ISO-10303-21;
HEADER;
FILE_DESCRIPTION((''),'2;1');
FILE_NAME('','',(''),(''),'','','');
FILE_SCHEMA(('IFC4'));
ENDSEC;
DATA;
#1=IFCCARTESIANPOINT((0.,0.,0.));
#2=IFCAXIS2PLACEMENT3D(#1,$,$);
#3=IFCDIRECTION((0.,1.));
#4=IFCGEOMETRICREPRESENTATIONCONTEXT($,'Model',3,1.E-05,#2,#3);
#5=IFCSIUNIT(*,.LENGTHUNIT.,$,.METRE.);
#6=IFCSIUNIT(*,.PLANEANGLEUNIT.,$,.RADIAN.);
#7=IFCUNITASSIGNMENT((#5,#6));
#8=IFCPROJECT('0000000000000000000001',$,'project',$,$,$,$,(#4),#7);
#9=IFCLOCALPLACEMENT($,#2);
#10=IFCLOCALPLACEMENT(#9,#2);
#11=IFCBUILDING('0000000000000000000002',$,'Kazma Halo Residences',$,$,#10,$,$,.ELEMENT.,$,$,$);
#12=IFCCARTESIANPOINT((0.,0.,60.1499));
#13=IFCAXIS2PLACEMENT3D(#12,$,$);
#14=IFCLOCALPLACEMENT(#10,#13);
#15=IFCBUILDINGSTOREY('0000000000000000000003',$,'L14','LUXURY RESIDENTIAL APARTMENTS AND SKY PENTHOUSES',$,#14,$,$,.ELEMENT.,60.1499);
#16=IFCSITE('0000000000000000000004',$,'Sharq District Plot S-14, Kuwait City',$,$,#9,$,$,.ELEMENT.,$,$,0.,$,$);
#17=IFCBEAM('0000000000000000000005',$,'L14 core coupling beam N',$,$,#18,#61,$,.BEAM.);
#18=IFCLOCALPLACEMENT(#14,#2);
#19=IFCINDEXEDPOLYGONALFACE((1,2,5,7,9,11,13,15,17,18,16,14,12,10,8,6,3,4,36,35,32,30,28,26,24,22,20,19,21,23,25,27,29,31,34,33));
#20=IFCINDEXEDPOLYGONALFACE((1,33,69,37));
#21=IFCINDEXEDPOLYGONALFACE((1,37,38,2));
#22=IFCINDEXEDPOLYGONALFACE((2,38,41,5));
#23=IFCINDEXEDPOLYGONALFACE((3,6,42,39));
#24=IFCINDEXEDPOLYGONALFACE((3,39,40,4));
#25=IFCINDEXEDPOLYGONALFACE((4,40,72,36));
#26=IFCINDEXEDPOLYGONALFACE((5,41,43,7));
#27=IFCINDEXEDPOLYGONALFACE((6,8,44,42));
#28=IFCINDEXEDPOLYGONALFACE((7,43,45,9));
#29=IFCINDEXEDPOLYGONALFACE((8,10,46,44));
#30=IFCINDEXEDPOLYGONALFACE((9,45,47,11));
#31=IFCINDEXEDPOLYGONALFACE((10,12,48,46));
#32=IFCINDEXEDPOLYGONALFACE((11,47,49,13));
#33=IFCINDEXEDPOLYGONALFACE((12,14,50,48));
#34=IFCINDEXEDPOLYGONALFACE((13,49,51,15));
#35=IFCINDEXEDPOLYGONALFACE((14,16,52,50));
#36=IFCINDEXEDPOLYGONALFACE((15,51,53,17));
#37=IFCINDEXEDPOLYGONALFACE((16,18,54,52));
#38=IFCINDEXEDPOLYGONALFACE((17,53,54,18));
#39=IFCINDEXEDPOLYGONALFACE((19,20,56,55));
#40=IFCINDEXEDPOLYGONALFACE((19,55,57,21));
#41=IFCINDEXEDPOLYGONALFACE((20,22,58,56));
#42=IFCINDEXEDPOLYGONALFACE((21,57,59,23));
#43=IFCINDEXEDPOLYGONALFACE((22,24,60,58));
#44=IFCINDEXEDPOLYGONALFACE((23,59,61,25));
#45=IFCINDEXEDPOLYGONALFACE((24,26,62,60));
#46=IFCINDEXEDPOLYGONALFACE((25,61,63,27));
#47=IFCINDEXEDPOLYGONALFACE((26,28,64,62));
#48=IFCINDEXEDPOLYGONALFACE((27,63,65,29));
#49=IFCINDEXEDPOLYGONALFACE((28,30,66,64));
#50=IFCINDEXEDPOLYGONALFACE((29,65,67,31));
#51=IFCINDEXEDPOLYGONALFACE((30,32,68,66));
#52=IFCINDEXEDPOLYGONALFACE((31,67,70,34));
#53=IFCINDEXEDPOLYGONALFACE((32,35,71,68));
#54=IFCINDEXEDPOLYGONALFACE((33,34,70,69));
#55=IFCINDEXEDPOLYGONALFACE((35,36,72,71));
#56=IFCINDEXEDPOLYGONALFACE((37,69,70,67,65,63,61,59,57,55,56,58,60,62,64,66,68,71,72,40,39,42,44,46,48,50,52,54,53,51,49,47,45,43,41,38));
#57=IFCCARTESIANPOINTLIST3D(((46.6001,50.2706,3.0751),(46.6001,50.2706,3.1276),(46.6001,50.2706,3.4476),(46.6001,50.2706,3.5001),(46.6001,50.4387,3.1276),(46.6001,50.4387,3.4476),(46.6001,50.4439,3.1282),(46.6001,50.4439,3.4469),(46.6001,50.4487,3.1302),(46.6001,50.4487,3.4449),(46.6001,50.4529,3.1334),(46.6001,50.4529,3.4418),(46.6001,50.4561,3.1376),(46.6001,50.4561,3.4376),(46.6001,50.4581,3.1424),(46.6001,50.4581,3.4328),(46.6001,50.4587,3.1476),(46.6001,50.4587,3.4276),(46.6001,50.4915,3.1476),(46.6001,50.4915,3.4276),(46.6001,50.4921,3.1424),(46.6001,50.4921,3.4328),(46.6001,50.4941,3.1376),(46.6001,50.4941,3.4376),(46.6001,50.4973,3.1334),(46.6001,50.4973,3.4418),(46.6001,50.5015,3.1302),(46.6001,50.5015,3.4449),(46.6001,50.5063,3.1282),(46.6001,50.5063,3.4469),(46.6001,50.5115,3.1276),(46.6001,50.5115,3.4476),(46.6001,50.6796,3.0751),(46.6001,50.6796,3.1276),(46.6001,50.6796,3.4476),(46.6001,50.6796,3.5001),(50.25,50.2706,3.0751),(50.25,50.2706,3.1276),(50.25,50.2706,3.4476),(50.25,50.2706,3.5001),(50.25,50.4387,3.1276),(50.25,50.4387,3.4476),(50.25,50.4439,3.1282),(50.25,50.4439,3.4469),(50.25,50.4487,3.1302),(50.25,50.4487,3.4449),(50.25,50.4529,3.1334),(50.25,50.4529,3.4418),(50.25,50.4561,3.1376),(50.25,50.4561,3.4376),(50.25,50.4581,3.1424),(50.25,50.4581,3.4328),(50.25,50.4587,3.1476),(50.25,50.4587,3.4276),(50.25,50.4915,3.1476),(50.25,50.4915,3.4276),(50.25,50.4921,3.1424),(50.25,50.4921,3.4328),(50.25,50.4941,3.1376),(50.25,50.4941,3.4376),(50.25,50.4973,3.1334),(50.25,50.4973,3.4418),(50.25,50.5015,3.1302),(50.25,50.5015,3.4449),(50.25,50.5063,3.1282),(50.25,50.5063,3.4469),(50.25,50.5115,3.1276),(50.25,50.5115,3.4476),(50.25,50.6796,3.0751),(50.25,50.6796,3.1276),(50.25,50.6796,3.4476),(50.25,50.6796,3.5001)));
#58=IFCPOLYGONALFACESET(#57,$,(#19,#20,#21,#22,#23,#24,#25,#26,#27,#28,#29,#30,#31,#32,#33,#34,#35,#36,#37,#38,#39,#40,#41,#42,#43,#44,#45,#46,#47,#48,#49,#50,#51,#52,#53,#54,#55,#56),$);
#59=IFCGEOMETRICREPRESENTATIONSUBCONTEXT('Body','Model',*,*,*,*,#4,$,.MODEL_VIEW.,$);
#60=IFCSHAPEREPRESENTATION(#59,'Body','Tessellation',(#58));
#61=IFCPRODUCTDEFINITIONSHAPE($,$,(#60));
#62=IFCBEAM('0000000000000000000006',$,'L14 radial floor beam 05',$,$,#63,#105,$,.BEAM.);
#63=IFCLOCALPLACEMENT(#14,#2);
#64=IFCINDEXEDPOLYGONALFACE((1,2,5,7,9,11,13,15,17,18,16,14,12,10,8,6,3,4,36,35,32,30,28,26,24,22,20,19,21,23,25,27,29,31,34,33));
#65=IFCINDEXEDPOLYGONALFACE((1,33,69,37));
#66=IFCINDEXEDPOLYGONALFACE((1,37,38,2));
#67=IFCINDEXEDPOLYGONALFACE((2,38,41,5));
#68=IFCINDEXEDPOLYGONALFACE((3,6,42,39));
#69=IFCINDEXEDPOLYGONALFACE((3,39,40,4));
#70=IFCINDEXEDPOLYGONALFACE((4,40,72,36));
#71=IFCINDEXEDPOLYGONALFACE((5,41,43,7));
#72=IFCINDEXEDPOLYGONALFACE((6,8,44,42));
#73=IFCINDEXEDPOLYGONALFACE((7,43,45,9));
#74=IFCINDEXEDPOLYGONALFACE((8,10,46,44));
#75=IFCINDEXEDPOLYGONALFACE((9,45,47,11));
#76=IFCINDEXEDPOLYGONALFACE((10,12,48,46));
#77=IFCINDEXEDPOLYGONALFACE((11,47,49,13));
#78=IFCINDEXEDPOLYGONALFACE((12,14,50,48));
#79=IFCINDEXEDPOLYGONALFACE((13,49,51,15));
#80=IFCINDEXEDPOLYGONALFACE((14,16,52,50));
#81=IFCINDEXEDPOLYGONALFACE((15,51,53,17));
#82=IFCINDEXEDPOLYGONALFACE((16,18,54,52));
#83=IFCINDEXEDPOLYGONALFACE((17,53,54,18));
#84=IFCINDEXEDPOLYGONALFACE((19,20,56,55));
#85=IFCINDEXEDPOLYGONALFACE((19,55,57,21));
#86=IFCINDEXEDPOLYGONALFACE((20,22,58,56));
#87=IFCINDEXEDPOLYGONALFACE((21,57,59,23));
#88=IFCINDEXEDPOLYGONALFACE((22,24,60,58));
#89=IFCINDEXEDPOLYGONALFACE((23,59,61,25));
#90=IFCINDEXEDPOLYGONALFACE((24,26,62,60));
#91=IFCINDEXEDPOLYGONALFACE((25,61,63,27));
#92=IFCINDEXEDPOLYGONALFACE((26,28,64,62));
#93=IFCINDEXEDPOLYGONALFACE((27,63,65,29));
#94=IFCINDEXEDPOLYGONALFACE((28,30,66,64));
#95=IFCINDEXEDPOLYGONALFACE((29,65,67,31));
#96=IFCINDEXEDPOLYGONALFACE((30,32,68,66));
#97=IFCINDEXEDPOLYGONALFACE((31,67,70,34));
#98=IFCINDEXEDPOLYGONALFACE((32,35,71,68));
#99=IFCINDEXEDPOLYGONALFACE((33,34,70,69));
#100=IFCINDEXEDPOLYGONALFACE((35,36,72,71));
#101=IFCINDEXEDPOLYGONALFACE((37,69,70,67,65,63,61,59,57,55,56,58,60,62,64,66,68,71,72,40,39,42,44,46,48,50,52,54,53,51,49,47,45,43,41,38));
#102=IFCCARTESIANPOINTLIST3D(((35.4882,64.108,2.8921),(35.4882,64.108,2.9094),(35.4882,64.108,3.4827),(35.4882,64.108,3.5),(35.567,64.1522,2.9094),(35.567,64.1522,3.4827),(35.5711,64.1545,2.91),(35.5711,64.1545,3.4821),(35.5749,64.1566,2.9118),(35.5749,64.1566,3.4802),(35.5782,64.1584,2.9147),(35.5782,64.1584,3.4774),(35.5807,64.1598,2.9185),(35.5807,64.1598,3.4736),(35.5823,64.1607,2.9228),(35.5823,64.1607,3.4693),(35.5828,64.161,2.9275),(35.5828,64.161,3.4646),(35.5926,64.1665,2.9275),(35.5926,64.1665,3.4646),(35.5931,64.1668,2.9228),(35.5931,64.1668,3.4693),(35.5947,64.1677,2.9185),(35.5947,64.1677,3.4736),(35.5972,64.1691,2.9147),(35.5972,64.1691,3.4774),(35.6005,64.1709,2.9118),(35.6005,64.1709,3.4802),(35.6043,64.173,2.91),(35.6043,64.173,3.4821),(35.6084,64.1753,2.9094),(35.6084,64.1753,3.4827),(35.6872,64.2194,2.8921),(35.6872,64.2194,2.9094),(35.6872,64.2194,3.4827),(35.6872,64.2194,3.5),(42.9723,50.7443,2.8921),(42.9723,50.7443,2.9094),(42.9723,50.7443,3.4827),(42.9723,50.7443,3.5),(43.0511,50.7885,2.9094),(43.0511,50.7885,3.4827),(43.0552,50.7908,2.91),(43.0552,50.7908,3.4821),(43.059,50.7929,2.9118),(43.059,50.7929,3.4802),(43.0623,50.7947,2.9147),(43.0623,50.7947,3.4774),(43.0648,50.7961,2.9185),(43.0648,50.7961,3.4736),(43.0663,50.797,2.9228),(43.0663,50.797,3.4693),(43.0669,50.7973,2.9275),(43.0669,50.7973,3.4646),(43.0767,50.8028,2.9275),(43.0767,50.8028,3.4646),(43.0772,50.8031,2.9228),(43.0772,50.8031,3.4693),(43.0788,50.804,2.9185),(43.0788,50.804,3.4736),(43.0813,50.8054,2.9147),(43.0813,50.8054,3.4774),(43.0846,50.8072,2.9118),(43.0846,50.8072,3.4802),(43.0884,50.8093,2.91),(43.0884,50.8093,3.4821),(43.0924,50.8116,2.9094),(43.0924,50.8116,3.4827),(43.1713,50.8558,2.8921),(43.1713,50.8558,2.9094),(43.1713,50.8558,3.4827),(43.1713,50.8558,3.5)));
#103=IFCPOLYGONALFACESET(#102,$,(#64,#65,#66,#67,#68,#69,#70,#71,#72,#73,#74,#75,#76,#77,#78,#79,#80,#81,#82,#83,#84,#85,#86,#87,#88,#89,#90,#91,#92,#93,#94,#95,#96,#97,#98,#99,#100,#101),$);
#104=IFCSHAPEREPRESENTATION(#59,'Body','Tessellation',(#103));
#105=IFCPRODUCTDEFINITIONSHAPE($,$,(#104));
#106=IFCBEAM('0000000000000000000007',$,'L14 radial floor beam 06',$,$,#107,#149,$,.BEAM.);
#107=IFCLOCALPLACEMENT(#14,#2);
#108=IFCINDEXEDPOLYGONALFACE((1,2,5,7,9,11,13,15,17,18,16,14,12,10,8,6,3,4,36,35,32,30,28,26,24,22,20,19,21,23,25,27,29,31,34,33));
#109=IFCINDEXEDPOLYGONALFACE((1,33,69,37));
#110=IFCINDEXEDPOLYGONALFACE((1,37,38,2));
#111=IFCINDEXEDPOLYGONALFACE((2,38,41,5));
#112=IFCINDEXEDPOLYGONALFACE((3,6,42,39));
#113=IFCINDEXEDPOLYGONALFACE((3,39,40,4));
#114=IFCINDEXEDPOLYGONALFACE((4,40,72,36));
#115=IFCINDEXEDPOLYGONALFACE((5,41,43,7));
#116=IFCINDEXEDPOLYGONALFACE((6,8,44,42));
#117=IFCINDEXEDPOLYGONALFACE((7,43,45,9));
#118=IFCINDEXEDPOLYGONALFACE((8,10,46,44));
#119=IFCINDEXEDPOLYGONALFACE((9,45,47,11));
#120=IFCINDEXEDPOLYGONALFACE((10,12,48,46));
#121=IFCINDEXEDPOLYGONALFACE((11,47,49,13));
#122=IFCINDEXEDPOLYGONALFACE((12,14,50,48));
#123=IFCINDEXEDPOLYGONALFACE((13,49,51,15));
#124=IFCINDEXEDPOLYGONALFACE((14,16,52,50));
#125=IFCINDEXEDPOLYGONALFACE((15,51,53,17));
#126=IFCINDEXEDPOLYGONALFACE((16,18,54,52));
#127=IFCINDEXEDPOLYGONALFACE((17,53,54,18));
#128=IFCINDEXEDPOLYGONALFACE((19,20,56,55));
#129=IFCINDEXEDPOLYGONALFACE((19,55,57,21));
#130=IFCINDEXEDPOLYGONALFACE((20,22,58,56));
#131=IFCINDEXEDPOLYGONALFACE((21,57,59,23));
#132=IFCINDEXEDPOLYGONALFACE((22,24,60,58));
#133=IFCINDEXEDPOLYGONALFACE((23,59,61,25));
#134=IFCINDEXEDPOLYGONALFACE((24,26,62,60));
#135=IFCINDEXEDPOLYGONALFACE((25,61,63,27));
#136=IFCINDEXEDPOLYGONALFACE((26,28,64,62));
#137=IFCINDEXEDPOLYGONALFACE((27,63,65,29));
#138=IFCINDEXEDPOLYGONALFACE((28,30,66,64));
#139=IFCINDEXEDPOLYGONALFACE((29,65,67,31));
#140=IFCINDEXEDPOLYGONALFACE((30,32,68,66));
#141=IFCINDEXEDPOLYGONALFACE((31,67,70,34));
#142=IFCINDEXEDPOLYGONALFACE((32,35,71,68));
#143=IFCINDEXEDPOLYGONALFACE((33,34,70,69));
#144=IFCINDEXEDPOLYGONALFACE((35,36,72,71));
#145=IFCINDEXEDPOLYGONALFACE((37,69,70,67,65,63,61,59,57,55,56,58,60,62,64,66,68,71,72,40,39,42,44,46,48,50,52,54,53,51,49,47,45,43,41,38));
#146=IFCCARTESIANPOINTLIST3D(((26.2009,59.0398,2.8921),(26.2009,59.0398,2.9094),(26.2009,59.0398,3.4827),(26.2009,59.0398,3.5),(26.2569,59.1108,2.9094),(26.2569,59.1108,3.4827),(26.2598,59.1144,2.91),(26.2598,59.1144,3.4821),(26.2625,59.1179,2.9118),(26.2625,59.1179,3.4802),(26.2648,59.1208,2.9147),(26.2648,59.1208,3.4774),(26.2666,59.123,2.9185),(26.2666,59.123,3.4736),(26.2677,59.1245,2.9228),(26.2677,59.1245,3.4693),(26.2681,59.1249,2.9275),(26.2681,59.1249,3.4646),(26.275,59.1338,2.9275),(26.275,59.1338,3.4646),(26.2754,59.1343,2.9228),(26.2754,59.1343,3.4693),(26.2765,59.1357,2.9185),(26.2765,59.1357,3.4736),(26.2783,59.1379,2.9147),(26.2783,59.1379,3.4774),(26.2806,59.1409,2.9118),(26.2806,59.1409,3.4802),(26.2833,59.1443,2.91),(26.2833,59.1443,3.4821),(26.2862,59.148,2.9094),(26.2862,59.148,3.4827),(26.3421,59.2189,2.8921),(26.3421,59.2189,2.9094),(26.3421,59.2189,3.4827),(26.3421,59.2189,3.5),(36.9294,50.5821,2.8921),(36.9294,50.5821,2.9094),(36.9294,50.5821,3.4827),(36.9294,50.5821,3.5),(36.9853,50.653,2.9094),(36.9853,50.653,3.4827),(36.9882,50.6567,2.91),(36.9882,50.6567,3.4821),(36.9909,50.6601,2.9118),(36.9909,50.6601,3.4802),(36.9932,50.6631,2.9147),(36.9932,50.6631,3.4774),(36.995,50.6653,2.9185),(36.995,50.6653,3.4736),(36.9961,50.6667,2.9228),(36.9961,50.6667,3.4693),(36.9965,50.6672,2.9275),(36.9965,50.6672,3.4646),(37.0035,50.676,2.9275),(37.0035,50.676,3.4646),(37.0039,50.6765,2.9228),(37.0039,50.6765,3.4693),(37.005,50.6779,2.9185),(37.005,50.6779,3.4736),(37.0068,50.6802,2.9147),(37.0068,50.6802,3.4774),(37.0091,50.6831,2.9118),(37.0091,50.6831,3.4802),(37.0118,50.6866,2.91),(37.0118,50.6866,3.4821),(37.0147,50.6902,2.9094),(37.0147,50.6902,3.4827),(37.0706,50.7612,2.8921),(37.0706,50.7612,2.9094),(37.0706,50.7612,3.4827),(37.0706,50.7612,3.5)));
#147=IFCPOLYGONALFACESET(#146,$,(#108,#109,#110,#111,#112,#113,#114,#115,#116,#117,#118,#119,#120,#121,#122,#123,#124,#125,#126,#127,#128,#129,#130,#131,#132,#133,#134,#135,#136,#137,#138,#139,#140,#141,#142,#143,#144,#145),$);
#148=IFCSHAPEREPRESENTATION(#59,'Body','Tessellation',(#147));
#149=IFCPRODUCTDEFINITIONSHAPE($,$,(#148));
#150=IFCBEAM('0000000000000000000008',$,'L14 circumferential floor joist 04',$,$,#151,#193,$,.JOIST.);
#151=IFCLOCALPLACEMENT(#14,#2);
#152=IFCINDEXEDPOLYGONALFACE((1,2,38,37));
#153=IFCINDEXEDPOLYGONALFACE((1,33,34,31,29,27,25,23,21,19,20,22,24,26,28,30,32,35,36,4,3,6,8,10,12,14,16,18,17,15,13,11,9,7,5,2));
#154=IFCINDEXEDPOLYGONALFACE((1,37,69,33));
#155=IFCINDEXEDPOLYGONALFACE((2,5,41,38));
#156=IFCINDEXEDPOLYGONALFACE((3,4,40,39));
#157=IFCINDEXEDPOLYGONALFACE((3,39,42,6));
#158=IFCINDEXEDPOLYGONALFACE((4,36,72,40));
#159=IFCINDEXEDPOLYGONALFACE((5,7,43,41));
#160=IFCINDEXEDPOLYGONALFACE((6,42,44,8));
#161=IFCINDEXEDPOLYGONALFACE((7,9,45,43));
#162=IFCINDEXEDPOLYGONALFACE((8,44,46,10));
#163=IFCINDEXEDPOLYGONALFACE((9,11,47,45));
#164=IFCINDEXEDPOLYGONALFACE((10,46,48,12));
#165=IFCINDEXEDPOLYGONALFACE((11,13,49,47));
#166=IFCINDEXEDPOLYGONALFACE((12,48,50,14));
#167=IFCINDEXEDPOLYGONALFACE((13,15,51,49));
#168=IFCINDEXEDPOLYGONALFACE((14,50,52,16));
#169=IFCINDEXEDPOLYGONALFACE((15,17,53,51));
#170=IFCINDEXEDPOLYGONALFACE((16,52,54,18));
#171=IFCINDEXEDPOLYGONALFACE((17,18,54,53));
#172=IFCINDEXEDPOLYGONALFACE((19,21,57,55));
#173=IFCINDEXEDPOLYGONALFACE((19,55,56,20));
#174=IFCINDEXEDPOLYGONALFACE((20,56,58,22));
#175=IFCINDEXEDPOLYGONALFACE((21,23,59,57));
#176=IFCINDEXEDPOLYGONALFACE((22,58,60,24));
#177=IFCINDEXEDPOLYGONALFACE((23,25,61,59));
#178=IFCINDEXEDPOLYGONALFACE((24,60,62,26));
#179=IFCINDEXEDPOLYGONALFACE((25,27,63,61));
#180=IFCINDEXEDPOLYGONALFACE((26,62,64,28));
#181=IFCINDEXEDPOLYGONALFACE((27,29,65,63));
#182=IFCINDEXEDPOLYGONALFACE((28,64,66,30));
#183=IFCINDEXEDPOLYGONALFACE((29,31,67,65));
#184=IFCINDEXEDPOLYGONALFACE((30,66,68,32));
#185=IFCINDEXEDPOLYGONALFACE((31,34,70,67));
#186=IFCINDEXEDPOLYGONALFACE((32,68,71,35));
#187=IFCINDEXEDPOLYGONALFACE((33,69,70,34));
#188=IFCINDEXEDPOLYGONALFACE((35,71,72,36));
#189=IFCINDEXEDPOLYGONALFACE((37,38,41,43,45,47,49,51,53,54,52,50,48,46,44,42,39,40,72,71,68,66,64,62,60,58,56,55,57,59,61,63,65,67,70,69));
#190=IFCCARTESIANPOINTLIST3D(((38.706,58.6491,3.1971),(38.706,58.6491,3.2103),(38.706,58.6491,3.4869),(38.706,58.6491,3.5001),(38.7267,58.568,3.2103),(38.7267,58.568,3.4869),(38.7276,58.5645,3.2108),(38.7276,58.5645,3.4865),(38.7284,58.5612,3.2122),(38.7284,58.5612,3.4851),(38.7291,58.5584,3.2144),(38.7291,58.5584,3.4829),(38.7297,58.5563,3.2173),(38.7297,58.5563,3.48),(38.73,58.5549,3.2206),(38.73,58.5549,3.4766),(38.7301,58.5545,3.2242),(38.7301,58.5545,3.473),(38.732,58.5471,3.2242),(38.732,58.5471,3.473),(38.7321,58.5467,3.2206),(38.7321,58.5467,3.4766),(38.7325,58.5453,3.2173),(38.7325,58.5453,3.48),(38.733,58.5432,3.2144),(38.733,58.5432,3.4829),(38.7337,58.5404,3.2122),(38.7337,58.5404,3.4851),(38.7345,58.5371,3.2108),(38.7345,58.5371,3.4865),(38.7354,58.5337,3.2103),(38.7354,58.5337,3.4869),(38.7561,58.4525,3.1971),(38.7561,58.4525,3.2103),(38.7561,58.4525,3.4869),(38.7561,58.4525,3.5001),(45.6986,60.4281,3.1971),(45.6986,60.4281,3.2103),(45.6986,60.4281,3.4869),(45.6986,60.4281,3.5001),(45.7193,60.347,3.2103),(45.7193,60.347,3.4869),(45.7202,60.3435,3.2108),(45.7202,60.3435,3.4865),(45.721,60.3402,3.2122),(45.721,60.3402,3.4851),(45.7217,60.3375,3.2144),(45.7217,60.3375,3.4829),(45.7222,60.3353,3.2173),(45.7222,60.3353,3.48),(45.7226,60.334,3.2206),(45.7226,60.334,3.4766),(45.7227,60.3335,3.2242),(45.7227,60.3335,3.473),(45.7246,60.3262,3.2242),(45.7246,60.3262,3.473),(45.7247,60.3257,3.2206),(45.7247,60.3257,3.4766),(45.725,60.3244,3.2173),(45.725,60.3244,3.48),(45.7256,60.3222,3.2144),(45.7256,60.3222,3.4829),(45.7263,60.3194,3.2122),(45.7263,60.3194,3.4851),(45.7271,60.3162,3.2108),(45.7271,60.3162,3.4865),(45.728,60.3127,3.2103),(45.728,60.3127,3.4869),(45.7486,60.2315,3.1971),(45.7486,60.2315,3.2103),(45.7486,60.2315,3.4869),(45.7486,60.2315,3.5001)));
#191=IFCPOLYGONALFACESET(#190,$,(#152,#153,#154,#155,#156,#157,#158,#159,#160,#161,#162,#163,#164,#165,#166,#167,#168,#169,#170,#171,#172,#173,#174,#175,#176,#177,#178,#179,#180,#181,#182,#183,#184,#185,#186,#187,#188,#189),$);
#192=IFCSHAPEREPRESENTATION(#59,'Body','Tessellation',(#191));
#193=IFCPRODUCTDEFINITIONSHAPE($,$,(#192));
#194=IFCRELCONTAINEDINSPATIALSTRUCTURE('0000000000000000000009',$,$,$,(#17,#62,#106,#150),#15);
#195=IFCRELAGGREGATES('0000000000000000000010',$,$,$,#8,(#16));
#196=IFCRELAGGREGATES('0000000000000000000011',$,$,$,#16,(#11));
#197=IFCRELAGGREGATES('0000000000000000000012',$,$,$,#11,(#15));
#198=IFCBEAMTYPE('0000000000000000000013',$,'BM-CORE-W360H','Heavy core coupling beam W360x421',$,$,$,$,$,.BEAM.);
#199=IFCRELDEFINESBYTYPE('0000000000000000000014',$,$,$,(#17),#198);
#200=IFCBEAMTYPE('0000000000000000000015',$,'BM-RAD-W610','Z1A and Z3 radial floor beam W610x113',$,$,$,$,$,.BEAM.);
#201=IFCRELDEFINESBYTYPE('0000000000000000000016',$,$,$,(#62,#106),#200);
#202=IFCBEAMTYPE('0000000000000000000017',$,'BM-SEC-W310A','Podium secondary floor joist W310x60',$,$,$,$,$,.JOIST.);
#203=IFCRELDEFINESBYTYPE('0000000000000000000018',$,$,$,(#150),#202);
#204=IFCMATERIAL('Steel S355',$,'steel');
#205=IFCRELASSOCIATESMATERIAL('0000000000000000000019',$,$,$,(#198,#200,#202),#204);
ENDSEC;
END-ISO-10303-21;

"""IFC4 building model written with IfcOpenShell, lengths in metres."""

from ifc_helpers import new_model, si_unit, direction, frame, origin, origin_2d, place, context, subcontext, project, spatial, i_section, extrude, material, material_profile, profile_set, type_object, element, save


model = new_model("IFC4")

# Units and contexts
model_context = context("Model", 3, precision=1e-05, world=origin(), true_north=direction((0.0, 1.0)))
body_context = subcontext(model_context, "Body", "Model", "MODEL_VIEW")
ifc_project = project(units=[si_unit("LENGTHUNIT", "METRE"), si_unit("PLANEANGLEUNIT", "RADIAN")], contexts=[model_context])

# Site, building, storey
site_placement = place(None, origin())
site = spatial("IfcSite", under=ifc_project, at=site_placement, Name="Sharq District Plot S-14, Kuwait City", CompositionType="ELEMENT", RefElevation=0.0)
building_placement = place(site_placement, origin())
building = spatial("IfcBuilding", under=site, at=building_placement, Name="Kazma Halo Residences", CompositionType="ELEMENT")
storey_placement = place(building_placement, frame((0.0, 0.0, 60.1499)))
storey = spatial("IfcBuildingStorey", under=building, at=storey_placement, Name="L14", Description="LUXURY RESIDENTIAL APARTMENTS AND SKY PENTHOUSES", CompositionType="ELEMENT", Elevation=60.1499)

# Beams
ifc_material_1 = material(Name="Steel S355", Category="steel")
ifc_material_profile_1 = material_profile(ifc_material_1, i_section(OverallWidth=0.4089, OverallDepth=0.425, WebThickness=0.0327, FlangeThickness=0.0525, FilletRadius=0.02, at=origin_2d()), Name="W360x421")
ifc_profile_set_1 = profile_set([ifc_material_profile_1], Name="Steel S355")
beam_type_1 = type_object("IfcBeamType", Name="BM-CORE-W360H", Description="Heavy core coupling beam W360x421", PredefinedType="BEAM", material=ifc_profile_set_1)
beam_1_placement = place(storey_placement, frame((46.6001, 50.4751, 3.2876), z_axis=(1.0, 0.0, 0.0), x_axis=(0.0, 1.0, 0.0)))
element("IfcBeam", 1, at=beam_1_placement, inside=storey, type_object=beam_type_1, Name="L14 core coupling beam N", PredefinedType="BEAM", context=body_context, shape_type="SweptSolid", body=[
    extrude(i_section(OverallWidth=0.4089, OverallDepth=0.425, WebThickness=0.0327, FlangeThickness=0.0525, FilletRadius=0.02, at=origin_2d()), origin(), (0.0, 0.0, 1.0), 3.6499),
])
ifc_material_profile_2 = material_profile(ifc_material_1, i_section(OverallWidth=0.228, OverallDepth=0.6079, WebThickness=0.0112, FlangeThickness=0.0173, FilletRadius=0.0181, at=origin_2d()), Name="W610x113")
ifc_profile_set_2 = profile_set([ifc_material_profile_2], Name="Steel S355")
beam_type_2 = type_object("IfcBeamType", Name="BM-RAD-W610", Description="Z1A and Z3 radial floor beam W610x113", PredefinedType="BEAM", material=ifc_profile_set_2)
beam_2_placement = place(storey_placement, frame((43.0718, 50.8, 3.196), z_axis=(-0.488624, 0.872494, 0.0), x_axis=(-0.872494, -0.488624, 0.0)))
element("IfcBeam", 2, at=beam_2_placement, inside=storey, type_object=beam_type_2, Name="L14 radial floor beam 05", PredefinedType="BEAM", context=body_context, shape_type="SweptSolid", body=[
    extrude(i_section(OverallWidth=0.228, OverallDepth=0.6079, WebThickness=0.0112, FlangeThickness=0.0173, FilletRadius=0.0181, at=origin_2d()), origin(), (0.0, 0.0, 1.0), 15.3167),
])
beam_3_placement = place(storey_placement, frame((37.0, 50.6716, 3.196), z_axis=(-0.785314, 0.619098, 0.0), x_axis=(-0.619098, -0.785314, 0.0)))
element("IfcBeam", 3, at=beam_3_placement, inside=storey, type_object=beam_type_2, Name="L14 radial floor beam 06", PredefinedType="BEAM", context=body_context, shape_type="SweptSolid", body=[
    extrude(i_section(OverallWidth=0.228, OverallDepth=0.6079, WebThickness=0.0112, FlangeThickness=0.0173, FilletRadius=0.0181, at=origin_2d()), origin(), (0.0, 0.0, 1.0), 13.6614),
])
ifc_material_profile_3 = material_profile(ifc_material_1, i_section(OverallWidth=0.2029, OverallDepth=0.303, WebThickness=0.0076, FlangeThickness=0.0132, FilletRadius=0.0139, at=origin_2d()), Name="W310x60")
ifc_profile_set_3 = profile_set([ifc_material_profile_3], Name="Steel S355")
beam_type_3 = type_object("IfcBeamType", Name="BM-SEC-W310A", Description="Podium secondary floor joist W310x60", PredefinedType="JOIST", material=ifc_profile_set_3)
beam_4_placement = place(storey_placement, frame((45.7236, 60.3298, 3.3486), z_axis=(-0.969127, -0.246562, 0.0), x_axis=(0.246562, -0.969127, 0.0)))
element("IfcBeam", 4, at=beam_4_placement, inside=storey, type_object=beam_type_3, Name="L14 circumferential floor joist 04", PredefinedType="JOIST", context=body_context, shape_type="SweptSolid", body=[
    extrude(i_section(OverallWidth=0.2029, OverallDepth=0.303, WebThickness=0.0076, FlangeThickness=0.0132, FilletRadius=0.0139, at=origin_2d()), origin(), (0.0, 0.0, 1.0), 7.2153),
])

save(model, "model.ifc")
